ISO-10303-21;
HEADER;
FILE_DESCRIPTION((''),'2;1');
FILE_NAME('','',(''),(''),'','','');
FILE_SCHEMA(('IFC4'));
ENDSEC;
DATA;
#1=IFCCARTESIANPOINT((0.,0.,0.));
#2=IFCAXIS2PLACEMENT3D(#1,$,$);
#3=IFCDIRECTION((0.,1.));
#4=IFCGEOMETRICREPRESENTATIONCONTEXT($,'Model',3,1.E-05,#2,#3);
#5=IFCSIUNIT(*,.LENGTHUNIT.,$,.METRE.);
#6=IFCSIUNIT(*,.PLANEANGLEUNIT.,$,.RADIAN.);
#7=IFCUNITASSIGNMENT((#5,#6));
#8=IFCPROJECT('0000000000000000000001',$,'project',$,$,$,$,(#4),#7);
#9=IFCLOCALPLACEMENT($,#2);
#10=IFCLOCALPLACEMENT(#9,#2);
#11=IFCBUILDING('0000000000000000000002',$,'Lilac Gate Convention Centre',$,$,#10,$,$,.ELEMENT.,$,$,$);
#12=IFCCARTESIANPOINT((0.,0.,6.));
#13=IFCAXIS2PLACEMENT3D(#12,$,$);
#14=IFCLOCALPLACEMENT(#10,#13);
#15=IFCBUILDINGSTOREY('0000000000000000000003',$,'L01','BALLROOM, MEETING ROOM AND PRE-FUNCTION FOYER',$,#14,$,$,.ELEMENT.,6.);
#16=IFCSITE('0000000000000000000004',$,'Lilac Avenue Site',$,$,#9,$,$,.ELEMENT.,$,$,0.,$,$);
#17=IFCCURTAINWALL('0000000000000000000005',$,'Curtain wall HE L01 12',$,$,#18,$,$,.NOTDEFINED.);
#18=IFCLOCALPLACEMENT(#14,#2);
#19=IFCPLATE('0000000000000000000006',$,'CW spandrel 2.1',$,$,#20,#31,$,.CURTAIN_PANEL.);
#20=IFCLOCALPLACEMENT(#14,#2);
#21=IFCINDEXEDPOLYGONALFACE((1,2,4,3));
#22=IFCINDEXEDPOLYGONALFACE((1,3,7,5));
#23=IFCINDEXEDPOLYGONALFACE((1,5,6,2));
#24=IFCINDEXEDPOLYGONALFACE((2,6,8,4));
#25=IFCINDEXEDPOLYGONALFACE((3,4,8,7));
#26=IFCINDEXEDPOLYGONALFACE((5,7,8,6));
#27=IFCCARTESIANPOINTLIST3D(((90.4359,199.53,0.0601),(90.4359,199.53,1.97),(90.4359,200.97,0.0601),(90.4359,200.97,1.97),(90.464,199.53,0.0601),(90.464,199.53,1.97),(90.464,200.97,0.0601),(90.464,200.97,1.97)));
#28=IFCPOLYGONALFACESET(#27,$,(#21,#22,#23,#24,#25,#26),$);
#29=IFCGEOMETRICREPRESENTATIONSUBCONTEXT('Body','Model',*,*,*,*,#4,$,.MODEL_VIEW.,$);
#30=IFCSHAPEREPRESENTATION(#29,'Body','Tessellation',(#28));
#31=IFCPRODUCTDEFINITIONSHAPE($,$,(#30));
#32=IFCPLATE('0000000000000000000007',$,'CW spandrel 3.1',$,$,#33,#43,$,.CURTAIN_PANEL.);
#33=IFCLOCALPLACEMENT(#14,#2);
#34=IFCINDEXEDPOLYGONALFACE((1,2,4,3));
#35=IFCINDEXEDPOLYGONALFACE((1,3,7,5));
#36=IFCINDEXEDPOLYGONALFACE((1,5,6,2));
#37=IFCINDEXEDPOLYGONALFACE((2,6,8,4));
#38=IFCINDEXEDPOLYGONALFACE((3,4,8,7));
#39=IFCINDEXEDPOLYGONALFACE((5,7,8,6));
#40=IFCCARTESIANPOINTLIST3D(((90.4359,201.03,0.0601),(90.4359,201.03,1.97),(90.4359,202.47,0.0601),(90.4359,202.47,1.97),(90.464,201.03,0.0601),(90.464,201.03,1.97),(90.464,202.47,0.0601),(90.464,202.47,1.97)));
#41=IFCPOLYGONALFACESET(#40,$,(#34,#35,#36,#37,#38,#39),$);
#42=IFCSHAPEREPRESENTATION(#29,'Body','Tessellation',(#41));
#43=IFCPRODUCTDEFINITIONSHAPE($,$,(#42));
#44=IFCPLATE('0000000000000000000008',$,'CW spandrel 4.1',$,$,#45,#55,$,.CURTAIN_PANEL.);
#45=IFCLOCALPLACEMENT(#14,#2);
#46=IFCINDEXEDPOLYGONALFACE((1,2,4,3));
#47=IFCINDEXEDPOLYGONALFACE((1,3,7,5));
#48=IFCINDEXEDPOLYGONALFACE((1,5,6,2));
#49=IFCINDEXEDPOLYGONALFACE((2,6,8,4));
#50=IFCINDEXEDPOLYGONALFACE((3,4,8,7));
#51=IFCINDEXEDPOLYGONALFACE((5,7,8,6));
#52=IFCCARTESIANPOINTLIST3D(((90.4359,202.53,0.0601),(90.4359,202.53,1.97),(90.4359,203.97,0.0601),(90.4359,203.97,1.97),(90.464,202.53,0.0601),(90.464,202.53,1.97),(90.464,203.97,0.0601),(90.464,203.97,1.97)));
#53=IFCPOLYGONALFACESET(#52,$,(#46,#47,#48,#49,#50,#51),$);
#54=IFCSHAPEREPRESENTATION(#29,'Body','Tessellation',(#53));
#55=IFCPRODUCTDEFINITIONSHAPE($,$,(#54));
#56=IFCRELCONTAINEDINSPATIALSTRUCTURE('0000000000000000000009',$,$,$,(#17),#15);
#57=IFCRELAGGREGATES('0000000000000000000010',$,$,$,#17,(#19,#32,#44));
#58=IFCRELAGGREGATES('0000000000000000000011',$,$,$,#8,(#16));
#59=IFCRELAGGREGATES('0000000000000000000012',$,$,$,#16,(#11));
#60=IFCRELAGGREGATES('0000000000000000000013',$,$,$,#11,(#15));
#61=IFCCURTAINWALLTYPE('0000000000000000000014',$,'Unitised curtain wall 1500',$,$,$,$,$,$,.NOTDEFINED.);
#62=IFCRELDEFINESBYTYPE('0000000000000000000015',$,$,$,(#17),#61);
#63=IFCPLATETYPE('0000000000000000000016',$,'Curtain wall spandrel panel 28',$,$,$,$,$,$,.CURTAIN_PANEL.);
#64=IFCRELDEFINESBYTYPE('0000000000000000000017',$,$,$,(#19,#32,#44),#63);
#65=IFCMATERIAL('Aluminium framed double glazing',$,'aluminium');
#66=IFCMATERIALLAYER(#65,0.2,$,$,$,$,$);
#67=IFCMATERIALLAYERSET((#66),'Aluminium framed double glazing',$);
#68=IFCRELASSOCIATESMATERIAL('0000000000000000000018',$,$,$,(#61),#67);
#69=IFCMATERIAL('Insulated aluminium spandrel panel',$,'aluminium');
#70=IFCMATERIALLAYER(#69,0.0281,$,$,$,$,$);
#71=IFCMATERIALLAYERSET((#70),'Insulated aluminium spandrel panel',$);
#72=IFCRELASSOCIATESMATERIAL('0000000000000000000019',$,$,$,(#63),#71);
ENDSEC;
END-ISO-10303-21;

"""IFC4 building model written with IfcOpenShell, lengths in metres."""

from ifc_helpers import new_model, si_unit, direction, frame, origin, origin_2d, place, context, subcontext, project, spatial, rectangle, extrude, material, layer, layer_set, type_object, element, aggregate, save


model = new_model("IFC4")

# Units and contexts
model_context = context("Model", 3, precision=1e-05, world=origin(), true_north=direction((0.0, 1.0)))
body_context = subcontext(model_context, "Body", "Model", "MODEL_VIEW")
ifc_project = project(units=[si_unit("LENGTHUNIT", "METRE"), si_unit("PLANEANGLEUNIT", "RADIAN")], contexts=[model_context])

# Site, building, storey
site_placement = place(None, origin())
site = spatial("IfcSite", under=ifc_project, at=site_placement, Name="Lilac Avenue Site", CompositionType="ELEMENT", RefElevation=0.0)
building_placement = place(site_placement, origin())
building = spatial("IfcBuilding", under=site, at=building_placement, Name="Lilac Gate Convention Centre", CompositionType="ELEMENT")
storey_placement = place(building_placement, frame((0.0, 0.0, 6.0)))
storey = spatial("IfcBuildingStorey", under=building, at=storey_placement, Name="L01", Description="BALLROOM, MEETING ROOM AND PRE-FUNCTION FOYER", CompositionType="ELEMENT", Elevation=6.0)

# Curtain wall
ifc_material_1 = material(Name="Aluminium framed double glazing", Category="aluminium")
ifc_layer_1 = layer(ifc_material_1, 0.2)
ifc_layer_set_1 = layer_set([ifc_layer_1], Name="Aluminium framed double glazing")
curtain_wall_type = type_object("IfcCurtainWallType", Name="Unitised curtain wall 1500", PredefinedType="NOTDEFINED", material=ifc_layer_set_1)
curtain_wall_placement = place(storey_placement, origin())
curtain_wall = element("IfcCurtainWall", 1, at=curtain_wall_placement, inside=storey, type_object=curtain_wall_type, Name="Curtain wall HE L01 12", PredefinedType="NOTDEFINED")

# Plates
ifc_material_2 = material(Name="Insulated aluminium spandrel panel", Category="aluminium")
ifc_layer_2 = layer(ifc_material_2, 0.0281)
ifc_layer_set_2 = layer_set([ifc_layer_2], Name="Insulated aluminium spandrel panel")
plate_type_1 = type_object("IfcPlateType", Name="Curtain wall spandrel panel 28", PredefinedType="CURTAIN_PANEL", material=ifc_layer_set_2)
plate_1_placement = place(storey_placement, frame((90.45, 200.25, 0.0601), z_axis=(0.0, 0.0, 1.0), x_axis=(0.0, 1.0, 0.0)))
plate_1 = element("IfcPlate", 2, at=plate_1_placement, type_object=plate_type_1, Name="CW spandrel 2.1", PredefinedType="CURTAIN_PANEL", context=body_context, shape_type="SweptSolid", body=[
    extrude(rectangle(XDim=1.4399, YDim=0.0281, at=origin_2d()), origin(), (0.0, 0.0, 1.0), 1.9099),
])
plate_2_placement = place(storey_placement, frame((90.45, 201.75, 0.0601), z_axis=(0.0, 0.0, 1.0), x_axis=(0.0, 1.0, 0.0)))
plate_2 = element("IfcPlate", 3, at=plate_2_placement, type_object=plate_type_1, Name="CW spandrel 3.1", PredefinedType="CURTAIN_PANEL", context=body_context, shape_type="SweptSolid", body=[
    extrude(rectangle(XDim=1.4399, YDim=0.0281, at=origin_2d()), origin(), (0.0, 0.0, 1.0), 1.9099),
])
plate_3_placement = place(storey_placement, frame((90.45, 203.25, 0.0601), z_axis=(0.0, 0.0, 1.0), x_axis=(0.0, 1.0, 0.0)))
plate_3 = element("IfcPlate", 4, at=plate_3_placement, type_object=plate_type_1, Name="CW spandrel 4.1", PredefinedType="CURTAIN_PANEL", context=body_context, shape_type="SweptSolid", body=[
    extrude(rectangle(XDim=1.4399, YDim=0.0281, at=origin_2d()), origin(), (0.0, 0.0, 1.0), 1.9099),
])
aggregate(curtain_wall, [plate_1, plate_2, plate_3])

save(model, "model.ifc")
